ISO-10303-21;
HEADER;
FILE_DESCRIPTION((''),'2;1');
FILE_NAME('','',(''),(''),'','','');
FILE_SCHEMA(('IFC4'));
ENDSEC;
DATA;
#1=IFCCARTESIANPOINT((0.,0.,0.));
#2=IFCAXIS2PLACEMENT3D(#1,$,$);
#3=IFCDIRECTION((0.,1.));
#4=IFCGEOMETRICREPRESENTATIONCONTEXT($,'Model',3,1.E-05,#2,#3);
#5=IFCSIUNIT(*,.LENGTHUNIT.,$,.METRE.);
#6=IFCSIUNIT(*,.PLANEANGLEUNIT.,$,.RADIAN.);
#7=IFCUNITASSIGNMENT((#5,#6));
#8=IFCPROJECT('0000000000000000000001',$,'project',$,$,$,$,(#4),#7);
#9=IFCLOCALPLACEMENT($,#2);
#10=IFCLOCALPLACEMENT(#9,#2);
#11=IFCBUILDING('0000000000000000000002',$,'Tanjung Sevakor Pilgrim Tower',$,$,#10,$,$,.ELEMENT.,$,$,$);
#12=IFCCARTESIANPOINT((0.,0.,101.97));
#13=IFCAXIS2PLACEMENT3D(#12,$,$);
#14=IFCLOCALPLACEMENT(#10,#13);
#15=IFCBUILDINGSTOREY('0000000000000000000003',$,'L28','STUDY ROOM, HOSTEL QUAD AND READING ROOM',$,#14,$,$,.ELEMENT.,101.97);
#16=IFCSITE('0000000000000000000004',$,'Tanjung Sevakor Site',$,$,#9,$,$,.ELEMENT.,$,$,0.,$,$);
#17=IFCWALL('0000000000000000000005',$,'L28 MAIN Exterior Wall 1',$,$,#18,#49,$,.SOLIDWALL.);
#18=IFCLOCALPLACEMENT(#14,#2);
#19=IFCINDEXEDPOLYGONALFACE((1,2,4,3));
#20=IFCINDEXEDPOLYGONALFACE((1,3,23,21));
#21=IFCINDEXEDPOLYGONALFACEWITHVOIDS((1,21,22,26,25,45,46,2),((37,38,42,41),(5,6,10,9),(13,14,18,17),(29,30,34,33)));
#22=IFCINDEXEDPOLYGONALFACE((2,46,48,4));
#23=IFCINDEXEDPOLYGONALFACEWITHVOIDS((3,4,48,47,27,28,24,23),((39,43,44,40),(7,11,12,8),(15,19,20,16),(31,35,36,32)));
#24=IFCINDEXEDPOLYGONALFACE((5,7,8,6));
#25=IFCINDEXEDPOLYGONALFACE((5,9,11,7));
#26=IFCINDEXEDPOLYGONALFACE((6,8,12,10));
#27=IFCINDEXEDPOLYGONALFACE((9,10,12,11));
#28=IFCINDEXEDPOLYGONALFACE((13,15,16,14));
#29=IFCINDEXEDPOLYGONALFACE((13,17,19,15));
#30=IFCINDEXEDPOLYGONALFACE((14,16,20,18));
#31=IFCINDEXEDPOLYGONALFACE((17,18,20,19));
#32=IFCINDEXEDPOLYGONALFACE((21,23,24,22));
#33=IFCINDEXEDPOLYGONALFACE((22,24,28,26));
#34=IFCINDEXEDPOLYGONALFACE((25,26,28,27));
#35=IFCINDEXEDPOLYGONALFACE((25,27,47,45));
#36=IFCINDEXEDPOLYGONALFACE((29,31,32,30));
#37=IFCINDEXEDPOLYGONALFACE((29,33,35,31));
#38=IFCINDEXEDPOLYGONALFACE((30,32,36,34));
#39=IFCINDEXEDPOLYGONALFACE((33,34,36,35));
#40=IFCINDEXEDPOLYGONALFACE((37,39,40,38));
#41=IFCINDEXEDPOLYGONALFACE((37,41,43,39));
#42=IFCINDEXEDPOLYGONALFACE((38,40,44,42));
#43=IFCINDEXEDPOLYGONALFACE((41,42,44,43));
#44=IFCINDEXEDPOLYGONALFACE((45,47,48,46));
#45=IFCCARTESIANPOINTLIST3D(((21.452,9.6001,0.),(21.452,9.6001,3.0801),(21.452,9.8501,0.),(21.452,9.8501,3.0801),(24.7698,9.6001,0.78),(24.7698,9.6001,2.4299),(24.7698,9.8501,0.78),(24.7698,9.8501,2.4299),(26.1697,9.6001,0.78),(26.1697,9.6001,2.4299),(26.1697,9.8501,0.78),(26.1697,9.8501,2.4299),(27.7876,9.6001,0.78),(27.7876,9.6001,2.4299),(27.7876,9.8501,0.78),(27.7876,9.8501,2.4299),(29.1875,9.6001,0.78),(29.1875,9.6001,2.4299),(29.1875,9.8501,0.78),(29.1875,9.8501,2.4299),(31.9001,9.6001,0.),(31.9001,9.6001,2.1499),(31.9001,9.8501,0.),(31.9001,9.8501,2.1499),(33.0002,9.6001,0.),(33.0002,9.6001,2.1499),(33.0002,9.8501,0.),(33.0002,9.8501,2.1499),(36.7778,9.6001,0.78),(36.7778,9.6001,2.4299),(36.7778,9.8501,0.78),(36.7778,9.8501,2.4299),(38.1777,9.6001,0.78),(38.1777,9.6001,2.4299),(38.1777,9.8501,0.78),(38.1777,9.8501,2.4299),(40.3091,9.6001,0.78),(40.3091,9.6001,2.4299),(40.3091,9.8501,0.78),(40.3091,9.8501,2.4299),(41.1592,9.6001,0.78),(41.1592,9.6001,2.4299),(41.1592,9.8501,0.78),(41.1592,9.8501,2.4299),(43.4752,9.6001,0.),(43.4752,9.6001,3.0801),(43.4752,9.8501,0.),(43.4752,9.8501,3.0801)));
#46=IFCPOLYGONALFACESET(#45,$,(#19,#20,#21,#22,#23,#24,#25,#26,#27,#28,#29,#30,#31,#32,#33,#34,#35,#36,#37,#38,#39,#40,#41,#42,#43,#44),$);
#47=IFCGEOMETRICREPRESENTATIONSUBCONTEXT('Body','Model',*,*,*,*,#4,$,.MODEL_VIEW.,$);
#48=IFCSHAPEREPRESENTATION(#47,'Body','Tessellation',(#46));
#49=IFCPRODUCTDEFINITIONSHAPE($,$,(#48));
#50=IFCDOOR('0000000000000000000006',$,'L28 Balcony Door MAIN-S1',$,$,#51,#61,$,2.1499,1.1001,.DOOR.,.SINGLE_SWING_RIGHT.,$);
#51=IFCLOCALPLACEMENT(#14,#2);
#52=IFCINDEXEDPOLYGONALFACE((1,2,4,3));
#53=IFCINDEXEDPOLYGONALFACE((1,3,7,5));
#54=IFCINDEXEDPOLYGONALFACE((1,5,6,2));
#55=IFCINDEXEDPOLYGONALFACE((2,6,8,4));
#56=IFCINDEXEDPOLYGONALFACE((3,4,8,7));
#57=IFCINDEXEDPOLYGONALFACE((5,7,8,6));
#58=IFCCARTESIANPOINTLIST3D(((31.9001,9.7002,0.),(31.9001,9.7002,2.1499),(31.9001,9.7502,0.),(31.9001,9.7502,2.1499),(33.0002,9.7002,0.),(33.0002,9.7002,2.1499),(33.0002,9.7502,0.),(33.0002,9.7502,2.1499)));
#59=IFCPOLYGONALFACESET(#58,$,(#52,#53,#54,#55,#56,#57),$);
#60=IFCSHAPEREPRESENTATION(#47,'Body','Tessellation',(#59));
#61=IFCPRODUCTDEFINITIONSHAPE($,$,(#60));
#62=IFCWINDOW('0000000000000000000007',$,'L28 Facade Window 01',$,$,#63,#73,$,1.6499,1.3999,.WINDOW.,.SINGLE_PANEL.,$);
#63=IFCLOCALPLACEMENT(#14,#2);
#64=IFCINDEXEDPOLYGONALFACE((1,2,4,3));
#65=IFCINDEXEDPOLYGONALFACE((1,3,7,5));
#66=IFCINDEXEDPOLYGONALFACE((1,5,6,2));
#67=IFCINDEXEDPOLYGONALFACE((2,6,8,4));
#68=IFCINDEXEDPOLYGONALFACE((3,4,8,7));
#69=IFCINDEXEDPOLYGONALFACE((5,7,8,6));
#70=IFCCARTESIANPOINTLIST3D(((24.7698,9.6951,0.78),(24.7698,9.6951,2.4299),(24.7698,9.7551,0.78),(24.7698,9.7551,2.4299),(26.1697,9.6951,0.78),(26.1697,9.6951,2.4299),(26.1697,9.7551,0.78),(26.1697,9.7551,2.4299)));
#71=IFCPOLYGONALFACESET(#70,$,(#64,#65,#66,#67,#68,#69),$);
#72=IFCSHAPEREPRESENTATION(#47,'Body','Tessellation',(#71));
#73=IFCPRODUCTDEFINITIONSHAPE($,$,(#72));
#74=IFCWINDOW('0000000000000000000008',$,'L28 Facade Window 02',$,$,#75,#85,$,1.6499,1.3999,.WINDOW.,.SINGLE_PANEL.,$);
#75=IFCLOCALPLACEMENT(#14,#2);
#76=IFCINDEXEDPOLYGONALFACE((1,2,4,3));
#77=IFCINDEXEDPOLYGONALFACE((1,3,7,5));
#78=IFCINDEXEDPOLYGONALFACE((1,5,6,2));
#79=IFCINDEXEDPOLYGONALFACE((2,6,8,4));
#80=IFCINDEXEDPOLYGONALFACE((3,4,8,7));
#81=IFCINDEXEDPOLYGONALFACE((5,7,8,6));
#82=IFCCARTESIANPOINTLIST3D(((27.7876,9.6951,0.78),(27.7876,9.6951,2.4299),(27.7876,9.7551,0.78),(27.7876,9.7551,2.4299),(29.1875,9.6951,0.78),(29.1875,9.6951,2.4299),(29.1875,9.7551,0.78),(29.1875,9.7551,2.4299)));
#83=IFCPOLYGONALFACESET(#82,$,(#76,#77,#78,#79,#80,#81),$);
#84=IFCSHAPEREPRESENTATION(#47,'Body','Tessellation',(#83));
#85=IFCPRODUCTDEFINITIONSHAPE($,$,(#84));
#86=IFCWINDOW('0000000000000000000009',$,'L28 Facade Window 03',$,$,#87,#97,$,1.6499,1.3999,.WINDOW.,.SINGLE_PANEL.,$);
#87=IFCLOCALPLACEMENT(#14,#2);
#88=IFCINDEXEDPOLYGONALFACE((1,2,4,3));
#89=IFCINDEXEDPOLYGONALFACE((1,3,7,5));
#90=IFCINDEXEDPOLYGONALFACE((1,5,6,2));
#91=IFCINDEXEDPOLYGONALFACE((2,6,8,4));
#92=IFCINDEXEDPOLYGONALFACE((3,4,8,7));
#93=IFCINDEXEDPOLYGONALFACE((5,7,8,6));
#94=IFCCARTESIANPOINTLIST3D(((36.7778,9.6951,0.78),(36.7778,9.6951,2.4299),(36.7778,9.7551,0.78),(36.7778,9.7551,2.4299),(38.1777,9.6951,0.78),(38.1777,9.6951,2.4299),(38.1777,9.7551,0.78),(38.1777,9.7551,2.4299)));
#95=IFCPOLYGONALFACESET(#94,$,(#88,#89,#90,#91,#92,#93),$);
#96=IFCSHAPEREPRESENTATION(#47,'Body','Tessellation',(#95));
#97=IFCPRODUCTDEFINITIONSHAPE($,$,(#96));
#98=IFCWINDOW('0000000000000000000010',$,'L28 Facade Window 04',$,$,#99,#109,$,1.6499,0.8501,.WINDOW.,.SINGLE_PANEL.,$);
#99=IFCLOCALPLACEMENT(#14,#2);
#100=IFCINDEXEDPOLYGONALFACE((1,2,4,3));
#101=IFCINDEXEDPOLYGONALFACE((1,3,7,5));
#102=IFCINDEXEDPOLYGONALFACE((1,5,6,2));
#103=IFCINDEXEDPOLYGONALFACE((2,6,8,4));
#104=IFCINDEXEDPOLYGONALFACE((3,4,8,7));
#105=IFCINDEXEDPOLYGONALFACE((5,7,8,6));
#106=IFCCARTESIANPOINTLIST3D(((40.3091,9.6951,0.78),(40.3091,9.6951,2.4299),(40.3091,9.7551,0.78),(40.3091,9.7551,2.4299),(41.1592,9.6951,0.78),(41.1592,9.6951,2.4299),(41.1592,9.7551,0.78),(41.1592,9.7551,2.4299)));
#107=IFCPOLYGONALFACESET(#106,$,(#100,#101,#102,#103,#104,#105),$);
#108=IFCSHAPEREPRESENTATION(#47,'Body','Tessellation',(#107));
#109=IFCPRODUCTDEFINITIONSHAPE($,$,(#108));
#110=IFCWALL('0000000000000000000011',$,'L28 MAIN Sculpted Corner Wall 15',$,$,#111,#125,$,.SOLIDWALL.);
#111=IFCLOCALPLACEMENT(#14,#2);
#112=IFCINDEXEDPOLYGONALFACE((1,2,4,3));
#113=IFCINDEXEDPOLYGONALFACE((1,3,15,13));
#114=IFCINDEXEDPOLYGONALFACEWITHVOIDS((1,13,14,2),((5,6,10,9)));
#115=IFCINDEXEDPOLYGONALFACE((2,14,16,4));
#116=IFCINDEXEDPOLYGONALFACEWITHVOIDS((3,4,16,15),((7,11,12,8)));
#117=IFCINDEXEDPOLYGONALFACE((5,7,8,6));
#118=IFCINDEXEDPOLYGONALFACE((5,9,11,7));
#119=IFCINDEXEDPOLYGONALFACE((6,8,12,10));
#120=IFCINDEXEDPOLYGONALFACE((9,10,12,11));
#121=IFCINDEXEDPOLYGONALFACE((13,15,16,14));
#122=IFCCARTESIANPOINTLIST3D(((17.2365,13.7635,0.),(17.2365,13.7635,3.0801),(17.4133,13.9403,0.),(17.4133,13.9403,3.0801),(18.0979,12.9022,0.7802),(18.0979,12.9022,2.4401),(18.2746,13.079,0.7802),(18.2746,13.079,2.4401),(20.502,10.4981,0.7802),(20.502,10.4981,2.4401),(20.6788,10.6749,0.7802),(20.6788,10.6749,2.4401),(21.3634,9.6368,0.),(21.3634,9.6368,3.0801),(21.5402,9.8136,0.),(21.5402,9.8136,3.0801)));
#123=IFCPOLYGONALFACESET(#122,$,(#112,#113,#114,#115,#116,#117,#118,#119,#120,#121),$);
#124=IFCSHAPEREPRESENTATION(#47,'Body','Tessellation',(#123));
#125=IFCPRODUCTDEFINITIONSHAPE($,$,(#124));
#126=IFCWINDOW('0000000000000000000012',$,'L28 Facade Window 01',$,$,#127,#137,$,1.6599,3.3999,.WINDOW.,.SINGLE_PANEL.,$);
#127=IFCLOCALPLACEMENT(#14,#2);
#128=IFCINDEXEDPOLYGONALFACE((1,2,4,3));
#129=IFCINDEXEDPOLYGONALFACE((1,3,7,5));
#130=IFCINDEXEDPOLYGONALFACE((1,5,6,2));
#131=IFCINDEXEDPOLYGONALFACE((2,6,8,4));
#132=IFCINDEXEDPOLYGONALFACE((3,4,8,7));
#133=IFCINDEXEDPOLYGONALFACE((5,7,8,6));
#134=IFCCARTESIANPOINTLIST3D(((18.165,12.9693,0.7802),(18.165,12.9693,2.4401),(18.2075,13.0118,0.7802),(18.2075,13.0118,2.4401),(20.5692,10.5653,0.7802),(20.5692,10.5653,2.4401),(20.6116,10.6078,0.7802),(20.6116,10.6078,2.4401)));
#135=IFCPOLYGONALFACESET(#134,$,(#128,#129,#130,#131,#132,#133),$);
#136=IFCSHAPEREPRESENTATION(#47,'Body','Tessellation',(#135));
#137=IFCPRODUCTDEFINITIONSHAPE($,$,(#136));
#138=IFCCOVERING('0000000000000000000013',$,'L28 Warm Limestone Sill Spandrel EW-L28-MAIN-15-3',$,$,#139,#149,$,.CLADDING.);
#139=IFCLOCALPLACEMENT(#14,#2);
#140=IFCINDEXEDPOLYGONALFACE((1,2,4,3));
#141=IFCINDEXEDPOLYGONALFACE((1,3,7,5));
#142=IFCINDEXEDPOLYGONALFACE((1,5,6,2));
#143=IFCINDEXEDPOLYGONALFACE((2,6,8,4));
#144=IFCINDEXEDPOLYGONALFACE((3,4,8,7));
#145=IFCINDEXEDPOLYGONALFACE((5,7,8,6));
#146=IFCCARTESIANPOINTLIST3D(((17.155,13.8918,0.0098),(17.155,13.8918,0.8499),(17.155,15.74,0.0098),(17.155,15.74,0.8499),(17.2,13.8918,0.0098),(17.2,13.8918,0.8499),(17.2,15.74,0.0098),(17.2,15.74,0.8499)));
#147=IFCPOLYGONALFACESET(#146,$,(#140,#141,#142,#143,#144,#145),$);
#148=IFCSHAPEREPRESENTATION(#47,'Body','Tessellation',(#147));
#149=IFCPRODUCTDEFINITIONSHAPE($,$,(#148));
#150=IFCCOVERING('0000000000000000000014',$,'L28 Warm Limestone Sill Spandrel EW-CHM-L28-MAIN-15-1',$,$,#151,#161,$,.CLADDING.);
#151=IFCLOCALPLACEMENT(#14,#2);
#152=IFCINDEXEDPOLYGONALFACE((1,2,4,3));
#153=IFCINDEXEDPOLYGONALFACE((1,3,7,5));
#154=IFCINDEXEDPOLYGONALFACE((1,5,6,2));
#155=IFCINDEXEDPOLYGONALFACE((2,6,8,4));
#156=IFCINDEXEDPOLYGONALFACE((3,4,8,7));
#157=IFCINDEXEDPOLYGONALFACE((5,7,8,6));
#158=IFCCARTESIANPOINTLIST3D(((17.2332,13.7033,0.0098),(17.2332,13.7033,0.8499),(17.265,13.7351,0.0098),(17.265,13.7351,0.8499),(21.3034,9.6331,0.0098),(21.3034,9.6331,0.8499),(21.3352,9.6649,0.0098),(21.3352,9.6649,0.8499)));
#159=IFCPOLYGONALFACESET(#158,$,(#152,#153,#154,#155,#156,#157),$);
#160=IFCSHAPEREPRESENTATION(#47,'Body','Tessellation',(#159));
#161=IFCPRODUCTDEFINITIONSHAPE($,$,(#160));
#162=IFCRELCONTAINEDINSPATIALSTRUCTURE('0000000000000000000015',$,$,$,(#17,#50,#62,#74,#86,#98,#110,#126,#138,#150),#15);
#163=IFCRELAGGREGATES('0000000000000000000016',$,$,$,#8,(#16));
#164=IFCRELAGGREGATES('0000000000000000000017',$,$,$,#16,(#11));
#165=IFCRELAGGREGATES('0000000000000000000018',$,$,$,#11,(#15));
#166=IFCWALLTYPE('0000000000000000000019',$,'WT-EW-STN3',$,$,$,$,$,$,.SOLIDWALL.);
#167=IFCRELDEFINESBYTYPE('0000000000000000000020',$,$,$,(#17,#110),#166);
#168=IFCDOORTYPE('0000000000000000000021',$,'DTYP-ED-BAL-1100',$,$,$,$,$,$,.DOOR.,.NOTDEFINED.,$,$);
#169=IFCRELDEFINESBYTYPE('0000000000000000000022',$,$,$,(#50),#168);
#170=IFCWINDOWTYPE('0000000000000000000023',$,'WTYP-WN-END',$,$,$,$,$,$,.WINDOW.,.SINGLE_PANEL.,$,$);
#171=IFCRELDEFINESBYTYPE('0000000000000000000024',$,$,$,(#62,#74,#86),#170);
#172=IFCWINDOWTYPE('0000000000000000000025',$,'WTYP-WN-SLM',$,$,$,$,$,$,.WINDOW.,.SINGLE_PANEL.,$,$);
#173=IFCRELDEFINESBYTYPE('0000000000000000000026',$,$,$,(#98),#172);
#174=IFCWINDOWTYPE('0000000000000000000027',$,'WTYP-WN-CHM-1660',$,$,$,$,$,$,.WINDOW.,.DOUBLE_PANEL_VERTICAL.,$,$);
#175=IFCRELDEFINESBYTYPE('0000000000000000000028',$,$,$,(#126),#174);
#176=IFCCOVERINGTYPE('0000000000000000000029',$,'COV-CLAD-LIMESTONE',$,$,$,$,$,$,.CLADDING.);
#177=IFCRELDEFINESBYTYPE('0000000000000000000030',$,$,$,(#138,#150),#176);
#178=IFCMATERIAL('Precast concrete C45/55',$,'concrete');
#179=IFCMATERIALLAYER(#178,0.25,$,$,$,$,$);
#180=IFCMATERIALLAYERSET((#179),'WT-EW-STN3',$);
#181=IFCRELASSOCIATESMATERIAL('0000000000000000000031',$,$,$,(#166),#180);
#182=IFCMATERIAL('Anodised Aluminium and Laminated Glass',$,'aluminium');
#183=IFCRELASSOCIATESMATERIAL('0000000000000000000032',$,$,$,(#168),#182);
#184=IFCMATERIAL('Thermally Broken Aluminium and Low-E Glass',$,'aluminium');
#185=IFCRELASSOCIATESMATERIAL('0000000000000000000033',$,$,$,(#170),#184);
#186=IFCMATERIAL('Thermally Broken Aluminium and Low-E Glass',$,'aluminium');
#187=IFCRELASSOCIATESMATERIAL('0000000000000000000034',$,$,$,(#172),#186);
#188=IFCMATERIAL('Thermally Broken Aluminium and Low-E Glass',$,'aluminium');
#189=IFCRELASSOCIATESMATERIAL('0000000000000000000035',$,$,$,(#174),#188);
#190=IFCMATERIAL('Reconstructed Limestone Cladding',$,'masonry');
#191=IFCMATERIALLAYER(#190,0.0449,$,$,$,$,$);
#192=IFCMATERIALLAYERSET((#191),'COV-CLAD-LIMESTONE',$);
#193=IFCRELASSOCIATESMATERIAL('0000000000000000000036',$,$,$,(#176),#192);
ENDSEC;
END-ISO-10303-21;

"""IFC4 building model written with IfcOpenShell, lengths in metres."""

from ifc_helpers import new_model, si_unit, direction, frame, frame_2d, origin, origin_2d, place, context, subcontext, project, spatial, rectangle, extrude, material, layer, layer_set, type_object, element, fill, save


model = new_model("IFC4")

# Units and contexts
model_context = context("Model", 3, precision=1e-05, world=origin(), true_north=direction((0.0, 1.0)))
body_context = subcontext(model_context, "Body", "Model", "MODEL_VIEW")
ifc_project = project(units=[si_unit("LENGTHUNIT", "METRE"), si_unit("PLANEANGLEUNIT", "RADIAN")], contexts=[model_context])

# Site, building, storey
site_placement = place(None, origin())
site = spatial("IfcSite", under=ifc_project, at=site_placement, Name="Tanjung Sevakor Site", CompositionType="ELEMENT", RefElevation=0.0)
building_placement = place(site_placement, origin())
building = spatial("IfcBuilding", under=site, at=building_placement, Name="Tanjung Sevakor Pilgrim Tower", CompositionType="ELEMENT")
storey_placement = place(building_placement, frame((0.0, 0.0, 101.97)))
storey = spatial("IfcBuildingStorey", under=building, at=storey_placement, Name="L28", Description="STUDY ROOM, HOSTEL QUAD AND READING ROOM", CompositionType="ELEMENT", Elevation=101.97)

# Wall, openings, door, windows
ifc_material_1 = material(Name="Precast concrete C45/55", Category="concrete")
ifc_layer_1 = layer(ifc_material_1, 0.25)
ifc_layer_set_1 = layer_set([ifc_layer_1], Name="WT-EW-STN3")
wall_type_1 = type_object("IfcWallType", Name="WT-EW-STN3", PredefinedType="SOLIDWALL", material=ifc_layer_set_1)
wall_1_placement = place(storey_placement, frame((21.4519, 9.7251, 0.0), z_axis=(0.0, 0.0, 1.0), x_axis=(1.0, 0.0, 0.0)))
wall_1 = element("IfcWall", 1, at=wall_1_placement, inside=storey, type_object=wall_type_1, Name="L28 MAIN Exterior Wall 1", PredefinedType="SOLIDWALL", context=body_context, shape_type="SweptSolid", body=[
    extrude(rectangle(XDim=22.0232, YDim=0.25, at=frame_2d((11.0117, 0.0))), origin(), (0.0, 0.0, 1.0), 3.0801),
])
opening_1_placement = place(wall_1_placement, frame((10.4482, 0.0, 0.0)))
opening_1 = element("IfcOpeningElement", 2, at=opening_1_placement, cuts=wall_1, PredefinedType="OPENING", context=body_context, shape_type="SweptSolid", body=[
    extrude(rectangle(XDim=1.1001, YDim=2.1499, at=frame_2d((0.55, 1.075))), frame((0.0, 0.135, 0.0), z_axis=(0.0, -1.0, 0.0), x_axis=(1.0, 0.0, 0.0)), (0.0, 0.0, 1.0), 0.27),
])
opening_2_placement = place(wall_1_placement, frame((3.3179, 0.0, 0.78)))
opening_2 = element("IfcOpeningElement", 3, at=opening_2_placement, cuts=wall_1, PredefinedType="OPENING", context=body_context, shape_type="SweptSolid", body=[
    extrude(rectangle(XDim=1.3999, YDim=1.6499, at=frame_2d((0.7, 0.825))), frame((0.0, 0.135, 0.0), z_axis=(0.0, -1.0, 0.0), x_axis=(1.0, 0.0, 0.0)), (0.0, 0.0, 1.0), 0.27),
])
opening_3_placement = place(wall_1_placement, frame((6.3357, 0.0, 0.78)))
opening_3 = element("IfcOpeningElement", 4, at=opening_3_placement, cuts=wall_1, PredefinedType="OPENING", context=body_context, shape_type="SweptSolid", body=[
    extrude(rectangle(XDim=1.3999, YDim=1.6499, at=frame_2d((0.7, 0.825))), frame((0.0, 0.135, 0.0), z_axis=(0.0, -1.0, 0.0), x_axis=(1.0, 0.0, 0.0)), (0.0, 0.0, 1.0), 0.27),
])
opening_4_placement = place(wall_1_placement, frame((15.3259, 0.0, 0.78)))
opening_4 = element("IfcOpeningElement", 5, at=opening_4_placement, cuts=wall_1, PredefinedType="OPENING", context=body_context, shape_type="SweptSolid", body=[
    extrude(rectangle(XDim=1.3999, YDim=1.6499, at=frame_2d((0.7, 0.825))), frame((0.0, 0.135, 0.0), z_axis=(0.0, -1.0, 0.0), x_axis=(1.0, 0.0, 0.0)), (0.0, 0.0, 1.0), 0.27),
])
opening_5_placement = place(wall_1_placement, frame((18.8572, 0.0, 0.78)))
opening_5 = element("IfcOpeningElement", 6, at=opening_5_placement, cuts=wall_1, PredefinedType="OPENING", context=body_context, shape_type="SweptSolid", body=[
    extrude(rectangle(XDim=0.8501, YDim=1.6499, at=frame_2d((0.425, 0.825))), frame((0.0, 0.135, 0.0), z_axis=(0.0, -1.0, 0.0), x_axis=(1.0, 0.0, 0.0)), (0.0, 0.0, 1.0), 0.27),
])
ifc_material_2 = material(Name="Anodised Aluminium and Laminated Glass", Category="aluminium")
door_type = type_object("IfcDoorType", Name="DTYP-ED-BAL-1100", OperationType="NOTDEFINED", PredefinedType="DOOR", material=ifc_material_2)
door_placement = place(opening_1_placement, frame((1.1001, 0.0, 0.0), z_axis=(0.0, 0.0, 1.0), x_axis=(-1.0, 0.0, 0.0)))
door = element("IfcDoor", 7, at=door_placement, inside=storey, type_object=door_type, Name="L28 Balcony Door MAIN-S1", OperationType="SINGLE_SWING_RIGHT", OverallHeight=2.1499, OverallWidth=1.1001, PredefinedType="DOOR", context=body_context, shape_type="SweptSolid", body=[
    extrude(rectangle(XDim=1.1001, YDim=2.1499, at=frame_2d((0.55, 1.075))), frame((0.0, 0.0249, 0.0), z_axis=(0.0, -1.0, 0.0), x_axis=(1.0, 0.0, 0.0)), (0.0, 0.0, 1.0), 0.05),
])
fill(opening_1, door)
ifc_material_3 = material(Name="Thermally Broken Aluminium and Low-E Glass", Category="aluminium")
window_type_1 = type_object("IfcWindowType", Name="WTYP-WN-END", PartitioningType="SINGLE_PANEL", PredefinedType="WINDOW", material=ifc_material_3)
window_1_placement = place(opening_2_placement, origin())
window_1 = element("IfcWindow", 8, at=window_1_placement, inside=storey, type_object=window_type_1, Name="L28 Facade Window 01", OverallHeight=1.6499, OverallWidth=1.3999, PartitioningType="SINGLE_PANEL", PredefinedType="WINDOW", context=body_context, shape_type="SweptSolid", body=[
    extrude(rectangle(XDim=1.3999, YDim=1.6499, at=frame_2d((0.7, 0.825))), frame((0.0, 0.03, 0.0), z_axis=(0.0, -1.0, 0.0), x_axis=(1.0, 0.0, 0.0)), (0.0, 0.0, 1.0), 0.0601),
])
fill(opening_2, window_1)
window_2_placement = place(opening_3_placement, origin())
window_2 = element("IfcWindow", 9, at=window_2_placement, inside=storey, type_object=window_type_1, Name="L28 Facade Window 02", OverallHeight=1.6499, OverallWidth=1.3999, PartitioningType="SINGLE_PANEL", PredefinedType="WINDOW", context=body_context, shape_type="SweptSolid", body=[
    extrude(rectangle(XDim=1.3999, YDim=1.6499, at=frame_2d((0.7, 0.825))), frame((0.0, 0.03, 0.0), z_axis=(0.0, -1.0, 0.0), x_axis=(1.0, 0.0, 0.0)), (0.0, 0.0, 1.0), 0.0601),
])
fill(opening_3, window_2)
window_3_placement = place(opening_4_placement, origin())
window_3 = element("IfcWindow", 10, at=window_3_placement, inside=storey, type_object=window_type_1, Name="L28 Facade Window 03", OverallHeight=1.6499, OverallWidth=1.3999, PartitioningType="SINGLE_PANEL", PredefinedType="WINDOW", context=body_context, shape_type="SweptSolid", body=[
    extrude(rectangle(XDim=1.3999, YDim=1.6499, at=frame_2d((0.7, 0.825))), frame((0.0, 0.03, 0.0), z_axis=(0.0, -1.0, 0.0), x_axis=(1.0, 0.0, 0.0)), (0.0, 0.0, 1.0), 0.0601),
])
fill(opening_4, window_3)
ifc_material_4 = material(Name="Thermally Broken Aluminium and Low-E Glass", Category="aluminium")
window_type_2 = type_object("IfcWindowType", Name="WTYP-WN-SLM", PartitioningType="SINGLE_PANEL", PredefinedType="WINDOW", material=ifc_material_4)
window_4_placement = place(opening_5_placement, origin())
window_4 = element("IfcWindow", 11, at=window_4_placement, inside=storey, type_object=window_type_2, Name="L28 Facade Window 04", OverallHeight=1.6499, OverallWidth=0.8501, PartitioningType="SINGLE_PANEL", PredefinedType="WINDOW", context=body_context, shape_type="SweptSolid", body=[
    extrude(rectangle(XDim=0.8501, YDim=1.6499, at=frame_2d((0.425, 0.825))), frame((0.0, 0.03, 0.0), z_axis=(0.0, -1.0, 0.0), x_axis=(1.0, 0.0, 0.0)), (0.0, 0.0, 1.0), 0.0601),
])
fill(opening_5, window_4)

# Wall, opening, window
wall_2_placement = place(storey_placement, frame((17.325, 13.8518, 0.0), z_axis=(0.0, 0.0, 1.0), x_axis=(0.707128, -0.707086, 0.0)))
wall_2 = element("IfcWall", 12, at=wall_2_placement, inside=storey, type_object=wall_type_1, Name="L28 MAIN Sculpted Corner Wall 15", PredefinedType="SOLIDWALL", context=body_context, shape_type="SweptSolid", body=[
    extrude(rectangle(XDim=5.8362, YDim=0.25, at=frame_2d((2.918, 0.0))), origin(), (0.0, 0.0, 1.0), 3.0801),
])
opening_6_placement = place(wall_2_placement, frame((1.218, 0.0, 0.78)))
opening_6 = element("IfcOpeningElement", 13, at=opening_6_placement, cuts=wall_2, PredefinedType="OPENING", context=body_context, shape_type="SweptSolid", body=[
    extrude(rectangle(XDim=3.3999, YDim=1.6599, at=frame_2d((1.7, 0.8301))), frame((0.0, 0.135, 0.0), z_axis=(0.0, -1.0, 0.0), x_axis=(1.0, 0.0, 0.0)), (0.0, 0.0, 1.0), 0.27),
])
ifc_material_5 = material(Name="Thermally Broken Aluminium and Low-E Glass", Category="aluminium")
window_type_3 = type_object("IfcWindowType", Name="WTYP-WN-CHM-1660", PartitioningType="DOUBLE_PANEL_VERTICAL", PredefinedType="WINDOW", material=ifc_material_5)
window_5_placement = place(opening_6_placement, origin())
window_5 = element("IfcWindow", 14, at=window_5_placement, inside=storey, type_object=window_type_3, Name="L28 Facade Window 01", OverallHeight=1.6599, OverallWidth=3.3999, PartitioningType="SINGLE_PANEL", PredefinedType="WINDOW", context=body_context, shape_type="SweptSolid", body=[
    extrude(rectangle(XDim=3.3999, YDim=1.6599, at=frame_2d((1.7, 0.8301))), frame((0.0, 0.03, 0.0), z_axis=(0.0, -1.0, 0.0), x_axis=(1.0, 0.0, 0.0)), (0.0, 0.0, 1.0), 0.0601),
])
fill(opening_6, window_5)

# Coverings
ifc_material_6 = material(Name="Reconstructed Limestone Cladding", Category="masonry")
ifc_layer_2 = layer(ifc_material_6, 0.0449)
ifc_layer_set_2 = layer_set([ifc_layer_2], Name="COV-CLAD-LIMESTONE")
covering_type = type_object("IfcCoveringType", Name="COV-CLAD-LIMESTONE", PredefinedType="CLADDING", material=ifc_layer_set_2)
covering_1_placement = place(storey_placement, frame((17.1775, 14.8159, 0.0098), z_axis=(0.0, 0.0, 1.0), x_axis=(0.0, -1.0, 0.0)))
element("IfcCovering", 15, at=covering_1_placement, inside=storey, type_object=covering_type, Name="L28 Warm Limestone Sill Spandrel EW-L28-MAIN-15-3", PredefinedType="CLADDING", context=body_context, shape_type="SweptSolid", body=[
    extrude(rectangle(XDim=1.8481, YDim=0.0449, at=origin_2d()), origin(), (0.0, 0.0, 1.0), 0.8401),
])
covering_2_placement = place(storey_placement, frame((19.2842, 11.6841, 0.0098), z_axis=(0.0, 0.0, 1.0), x_axis=(0.707107, -0.707107, 0.0)))
element("IfcCovering", 16, at=covering_2_placement, inside=storey, type_object=covering_type, Name="L28 Warm Limestone Sill Spandrel EW-CHM-L28-MAIN-15-1", PredefinedType="CLADDING", context=body_context, shape_type="SweptSolid", body=[
    extrude(rectangle(XDim=5.7561, YDim=0.0449, at=origin_2d()), origin(), (0.0, 0.0, 1.0), 0.8401),
])

save(model, "model.ifc")
